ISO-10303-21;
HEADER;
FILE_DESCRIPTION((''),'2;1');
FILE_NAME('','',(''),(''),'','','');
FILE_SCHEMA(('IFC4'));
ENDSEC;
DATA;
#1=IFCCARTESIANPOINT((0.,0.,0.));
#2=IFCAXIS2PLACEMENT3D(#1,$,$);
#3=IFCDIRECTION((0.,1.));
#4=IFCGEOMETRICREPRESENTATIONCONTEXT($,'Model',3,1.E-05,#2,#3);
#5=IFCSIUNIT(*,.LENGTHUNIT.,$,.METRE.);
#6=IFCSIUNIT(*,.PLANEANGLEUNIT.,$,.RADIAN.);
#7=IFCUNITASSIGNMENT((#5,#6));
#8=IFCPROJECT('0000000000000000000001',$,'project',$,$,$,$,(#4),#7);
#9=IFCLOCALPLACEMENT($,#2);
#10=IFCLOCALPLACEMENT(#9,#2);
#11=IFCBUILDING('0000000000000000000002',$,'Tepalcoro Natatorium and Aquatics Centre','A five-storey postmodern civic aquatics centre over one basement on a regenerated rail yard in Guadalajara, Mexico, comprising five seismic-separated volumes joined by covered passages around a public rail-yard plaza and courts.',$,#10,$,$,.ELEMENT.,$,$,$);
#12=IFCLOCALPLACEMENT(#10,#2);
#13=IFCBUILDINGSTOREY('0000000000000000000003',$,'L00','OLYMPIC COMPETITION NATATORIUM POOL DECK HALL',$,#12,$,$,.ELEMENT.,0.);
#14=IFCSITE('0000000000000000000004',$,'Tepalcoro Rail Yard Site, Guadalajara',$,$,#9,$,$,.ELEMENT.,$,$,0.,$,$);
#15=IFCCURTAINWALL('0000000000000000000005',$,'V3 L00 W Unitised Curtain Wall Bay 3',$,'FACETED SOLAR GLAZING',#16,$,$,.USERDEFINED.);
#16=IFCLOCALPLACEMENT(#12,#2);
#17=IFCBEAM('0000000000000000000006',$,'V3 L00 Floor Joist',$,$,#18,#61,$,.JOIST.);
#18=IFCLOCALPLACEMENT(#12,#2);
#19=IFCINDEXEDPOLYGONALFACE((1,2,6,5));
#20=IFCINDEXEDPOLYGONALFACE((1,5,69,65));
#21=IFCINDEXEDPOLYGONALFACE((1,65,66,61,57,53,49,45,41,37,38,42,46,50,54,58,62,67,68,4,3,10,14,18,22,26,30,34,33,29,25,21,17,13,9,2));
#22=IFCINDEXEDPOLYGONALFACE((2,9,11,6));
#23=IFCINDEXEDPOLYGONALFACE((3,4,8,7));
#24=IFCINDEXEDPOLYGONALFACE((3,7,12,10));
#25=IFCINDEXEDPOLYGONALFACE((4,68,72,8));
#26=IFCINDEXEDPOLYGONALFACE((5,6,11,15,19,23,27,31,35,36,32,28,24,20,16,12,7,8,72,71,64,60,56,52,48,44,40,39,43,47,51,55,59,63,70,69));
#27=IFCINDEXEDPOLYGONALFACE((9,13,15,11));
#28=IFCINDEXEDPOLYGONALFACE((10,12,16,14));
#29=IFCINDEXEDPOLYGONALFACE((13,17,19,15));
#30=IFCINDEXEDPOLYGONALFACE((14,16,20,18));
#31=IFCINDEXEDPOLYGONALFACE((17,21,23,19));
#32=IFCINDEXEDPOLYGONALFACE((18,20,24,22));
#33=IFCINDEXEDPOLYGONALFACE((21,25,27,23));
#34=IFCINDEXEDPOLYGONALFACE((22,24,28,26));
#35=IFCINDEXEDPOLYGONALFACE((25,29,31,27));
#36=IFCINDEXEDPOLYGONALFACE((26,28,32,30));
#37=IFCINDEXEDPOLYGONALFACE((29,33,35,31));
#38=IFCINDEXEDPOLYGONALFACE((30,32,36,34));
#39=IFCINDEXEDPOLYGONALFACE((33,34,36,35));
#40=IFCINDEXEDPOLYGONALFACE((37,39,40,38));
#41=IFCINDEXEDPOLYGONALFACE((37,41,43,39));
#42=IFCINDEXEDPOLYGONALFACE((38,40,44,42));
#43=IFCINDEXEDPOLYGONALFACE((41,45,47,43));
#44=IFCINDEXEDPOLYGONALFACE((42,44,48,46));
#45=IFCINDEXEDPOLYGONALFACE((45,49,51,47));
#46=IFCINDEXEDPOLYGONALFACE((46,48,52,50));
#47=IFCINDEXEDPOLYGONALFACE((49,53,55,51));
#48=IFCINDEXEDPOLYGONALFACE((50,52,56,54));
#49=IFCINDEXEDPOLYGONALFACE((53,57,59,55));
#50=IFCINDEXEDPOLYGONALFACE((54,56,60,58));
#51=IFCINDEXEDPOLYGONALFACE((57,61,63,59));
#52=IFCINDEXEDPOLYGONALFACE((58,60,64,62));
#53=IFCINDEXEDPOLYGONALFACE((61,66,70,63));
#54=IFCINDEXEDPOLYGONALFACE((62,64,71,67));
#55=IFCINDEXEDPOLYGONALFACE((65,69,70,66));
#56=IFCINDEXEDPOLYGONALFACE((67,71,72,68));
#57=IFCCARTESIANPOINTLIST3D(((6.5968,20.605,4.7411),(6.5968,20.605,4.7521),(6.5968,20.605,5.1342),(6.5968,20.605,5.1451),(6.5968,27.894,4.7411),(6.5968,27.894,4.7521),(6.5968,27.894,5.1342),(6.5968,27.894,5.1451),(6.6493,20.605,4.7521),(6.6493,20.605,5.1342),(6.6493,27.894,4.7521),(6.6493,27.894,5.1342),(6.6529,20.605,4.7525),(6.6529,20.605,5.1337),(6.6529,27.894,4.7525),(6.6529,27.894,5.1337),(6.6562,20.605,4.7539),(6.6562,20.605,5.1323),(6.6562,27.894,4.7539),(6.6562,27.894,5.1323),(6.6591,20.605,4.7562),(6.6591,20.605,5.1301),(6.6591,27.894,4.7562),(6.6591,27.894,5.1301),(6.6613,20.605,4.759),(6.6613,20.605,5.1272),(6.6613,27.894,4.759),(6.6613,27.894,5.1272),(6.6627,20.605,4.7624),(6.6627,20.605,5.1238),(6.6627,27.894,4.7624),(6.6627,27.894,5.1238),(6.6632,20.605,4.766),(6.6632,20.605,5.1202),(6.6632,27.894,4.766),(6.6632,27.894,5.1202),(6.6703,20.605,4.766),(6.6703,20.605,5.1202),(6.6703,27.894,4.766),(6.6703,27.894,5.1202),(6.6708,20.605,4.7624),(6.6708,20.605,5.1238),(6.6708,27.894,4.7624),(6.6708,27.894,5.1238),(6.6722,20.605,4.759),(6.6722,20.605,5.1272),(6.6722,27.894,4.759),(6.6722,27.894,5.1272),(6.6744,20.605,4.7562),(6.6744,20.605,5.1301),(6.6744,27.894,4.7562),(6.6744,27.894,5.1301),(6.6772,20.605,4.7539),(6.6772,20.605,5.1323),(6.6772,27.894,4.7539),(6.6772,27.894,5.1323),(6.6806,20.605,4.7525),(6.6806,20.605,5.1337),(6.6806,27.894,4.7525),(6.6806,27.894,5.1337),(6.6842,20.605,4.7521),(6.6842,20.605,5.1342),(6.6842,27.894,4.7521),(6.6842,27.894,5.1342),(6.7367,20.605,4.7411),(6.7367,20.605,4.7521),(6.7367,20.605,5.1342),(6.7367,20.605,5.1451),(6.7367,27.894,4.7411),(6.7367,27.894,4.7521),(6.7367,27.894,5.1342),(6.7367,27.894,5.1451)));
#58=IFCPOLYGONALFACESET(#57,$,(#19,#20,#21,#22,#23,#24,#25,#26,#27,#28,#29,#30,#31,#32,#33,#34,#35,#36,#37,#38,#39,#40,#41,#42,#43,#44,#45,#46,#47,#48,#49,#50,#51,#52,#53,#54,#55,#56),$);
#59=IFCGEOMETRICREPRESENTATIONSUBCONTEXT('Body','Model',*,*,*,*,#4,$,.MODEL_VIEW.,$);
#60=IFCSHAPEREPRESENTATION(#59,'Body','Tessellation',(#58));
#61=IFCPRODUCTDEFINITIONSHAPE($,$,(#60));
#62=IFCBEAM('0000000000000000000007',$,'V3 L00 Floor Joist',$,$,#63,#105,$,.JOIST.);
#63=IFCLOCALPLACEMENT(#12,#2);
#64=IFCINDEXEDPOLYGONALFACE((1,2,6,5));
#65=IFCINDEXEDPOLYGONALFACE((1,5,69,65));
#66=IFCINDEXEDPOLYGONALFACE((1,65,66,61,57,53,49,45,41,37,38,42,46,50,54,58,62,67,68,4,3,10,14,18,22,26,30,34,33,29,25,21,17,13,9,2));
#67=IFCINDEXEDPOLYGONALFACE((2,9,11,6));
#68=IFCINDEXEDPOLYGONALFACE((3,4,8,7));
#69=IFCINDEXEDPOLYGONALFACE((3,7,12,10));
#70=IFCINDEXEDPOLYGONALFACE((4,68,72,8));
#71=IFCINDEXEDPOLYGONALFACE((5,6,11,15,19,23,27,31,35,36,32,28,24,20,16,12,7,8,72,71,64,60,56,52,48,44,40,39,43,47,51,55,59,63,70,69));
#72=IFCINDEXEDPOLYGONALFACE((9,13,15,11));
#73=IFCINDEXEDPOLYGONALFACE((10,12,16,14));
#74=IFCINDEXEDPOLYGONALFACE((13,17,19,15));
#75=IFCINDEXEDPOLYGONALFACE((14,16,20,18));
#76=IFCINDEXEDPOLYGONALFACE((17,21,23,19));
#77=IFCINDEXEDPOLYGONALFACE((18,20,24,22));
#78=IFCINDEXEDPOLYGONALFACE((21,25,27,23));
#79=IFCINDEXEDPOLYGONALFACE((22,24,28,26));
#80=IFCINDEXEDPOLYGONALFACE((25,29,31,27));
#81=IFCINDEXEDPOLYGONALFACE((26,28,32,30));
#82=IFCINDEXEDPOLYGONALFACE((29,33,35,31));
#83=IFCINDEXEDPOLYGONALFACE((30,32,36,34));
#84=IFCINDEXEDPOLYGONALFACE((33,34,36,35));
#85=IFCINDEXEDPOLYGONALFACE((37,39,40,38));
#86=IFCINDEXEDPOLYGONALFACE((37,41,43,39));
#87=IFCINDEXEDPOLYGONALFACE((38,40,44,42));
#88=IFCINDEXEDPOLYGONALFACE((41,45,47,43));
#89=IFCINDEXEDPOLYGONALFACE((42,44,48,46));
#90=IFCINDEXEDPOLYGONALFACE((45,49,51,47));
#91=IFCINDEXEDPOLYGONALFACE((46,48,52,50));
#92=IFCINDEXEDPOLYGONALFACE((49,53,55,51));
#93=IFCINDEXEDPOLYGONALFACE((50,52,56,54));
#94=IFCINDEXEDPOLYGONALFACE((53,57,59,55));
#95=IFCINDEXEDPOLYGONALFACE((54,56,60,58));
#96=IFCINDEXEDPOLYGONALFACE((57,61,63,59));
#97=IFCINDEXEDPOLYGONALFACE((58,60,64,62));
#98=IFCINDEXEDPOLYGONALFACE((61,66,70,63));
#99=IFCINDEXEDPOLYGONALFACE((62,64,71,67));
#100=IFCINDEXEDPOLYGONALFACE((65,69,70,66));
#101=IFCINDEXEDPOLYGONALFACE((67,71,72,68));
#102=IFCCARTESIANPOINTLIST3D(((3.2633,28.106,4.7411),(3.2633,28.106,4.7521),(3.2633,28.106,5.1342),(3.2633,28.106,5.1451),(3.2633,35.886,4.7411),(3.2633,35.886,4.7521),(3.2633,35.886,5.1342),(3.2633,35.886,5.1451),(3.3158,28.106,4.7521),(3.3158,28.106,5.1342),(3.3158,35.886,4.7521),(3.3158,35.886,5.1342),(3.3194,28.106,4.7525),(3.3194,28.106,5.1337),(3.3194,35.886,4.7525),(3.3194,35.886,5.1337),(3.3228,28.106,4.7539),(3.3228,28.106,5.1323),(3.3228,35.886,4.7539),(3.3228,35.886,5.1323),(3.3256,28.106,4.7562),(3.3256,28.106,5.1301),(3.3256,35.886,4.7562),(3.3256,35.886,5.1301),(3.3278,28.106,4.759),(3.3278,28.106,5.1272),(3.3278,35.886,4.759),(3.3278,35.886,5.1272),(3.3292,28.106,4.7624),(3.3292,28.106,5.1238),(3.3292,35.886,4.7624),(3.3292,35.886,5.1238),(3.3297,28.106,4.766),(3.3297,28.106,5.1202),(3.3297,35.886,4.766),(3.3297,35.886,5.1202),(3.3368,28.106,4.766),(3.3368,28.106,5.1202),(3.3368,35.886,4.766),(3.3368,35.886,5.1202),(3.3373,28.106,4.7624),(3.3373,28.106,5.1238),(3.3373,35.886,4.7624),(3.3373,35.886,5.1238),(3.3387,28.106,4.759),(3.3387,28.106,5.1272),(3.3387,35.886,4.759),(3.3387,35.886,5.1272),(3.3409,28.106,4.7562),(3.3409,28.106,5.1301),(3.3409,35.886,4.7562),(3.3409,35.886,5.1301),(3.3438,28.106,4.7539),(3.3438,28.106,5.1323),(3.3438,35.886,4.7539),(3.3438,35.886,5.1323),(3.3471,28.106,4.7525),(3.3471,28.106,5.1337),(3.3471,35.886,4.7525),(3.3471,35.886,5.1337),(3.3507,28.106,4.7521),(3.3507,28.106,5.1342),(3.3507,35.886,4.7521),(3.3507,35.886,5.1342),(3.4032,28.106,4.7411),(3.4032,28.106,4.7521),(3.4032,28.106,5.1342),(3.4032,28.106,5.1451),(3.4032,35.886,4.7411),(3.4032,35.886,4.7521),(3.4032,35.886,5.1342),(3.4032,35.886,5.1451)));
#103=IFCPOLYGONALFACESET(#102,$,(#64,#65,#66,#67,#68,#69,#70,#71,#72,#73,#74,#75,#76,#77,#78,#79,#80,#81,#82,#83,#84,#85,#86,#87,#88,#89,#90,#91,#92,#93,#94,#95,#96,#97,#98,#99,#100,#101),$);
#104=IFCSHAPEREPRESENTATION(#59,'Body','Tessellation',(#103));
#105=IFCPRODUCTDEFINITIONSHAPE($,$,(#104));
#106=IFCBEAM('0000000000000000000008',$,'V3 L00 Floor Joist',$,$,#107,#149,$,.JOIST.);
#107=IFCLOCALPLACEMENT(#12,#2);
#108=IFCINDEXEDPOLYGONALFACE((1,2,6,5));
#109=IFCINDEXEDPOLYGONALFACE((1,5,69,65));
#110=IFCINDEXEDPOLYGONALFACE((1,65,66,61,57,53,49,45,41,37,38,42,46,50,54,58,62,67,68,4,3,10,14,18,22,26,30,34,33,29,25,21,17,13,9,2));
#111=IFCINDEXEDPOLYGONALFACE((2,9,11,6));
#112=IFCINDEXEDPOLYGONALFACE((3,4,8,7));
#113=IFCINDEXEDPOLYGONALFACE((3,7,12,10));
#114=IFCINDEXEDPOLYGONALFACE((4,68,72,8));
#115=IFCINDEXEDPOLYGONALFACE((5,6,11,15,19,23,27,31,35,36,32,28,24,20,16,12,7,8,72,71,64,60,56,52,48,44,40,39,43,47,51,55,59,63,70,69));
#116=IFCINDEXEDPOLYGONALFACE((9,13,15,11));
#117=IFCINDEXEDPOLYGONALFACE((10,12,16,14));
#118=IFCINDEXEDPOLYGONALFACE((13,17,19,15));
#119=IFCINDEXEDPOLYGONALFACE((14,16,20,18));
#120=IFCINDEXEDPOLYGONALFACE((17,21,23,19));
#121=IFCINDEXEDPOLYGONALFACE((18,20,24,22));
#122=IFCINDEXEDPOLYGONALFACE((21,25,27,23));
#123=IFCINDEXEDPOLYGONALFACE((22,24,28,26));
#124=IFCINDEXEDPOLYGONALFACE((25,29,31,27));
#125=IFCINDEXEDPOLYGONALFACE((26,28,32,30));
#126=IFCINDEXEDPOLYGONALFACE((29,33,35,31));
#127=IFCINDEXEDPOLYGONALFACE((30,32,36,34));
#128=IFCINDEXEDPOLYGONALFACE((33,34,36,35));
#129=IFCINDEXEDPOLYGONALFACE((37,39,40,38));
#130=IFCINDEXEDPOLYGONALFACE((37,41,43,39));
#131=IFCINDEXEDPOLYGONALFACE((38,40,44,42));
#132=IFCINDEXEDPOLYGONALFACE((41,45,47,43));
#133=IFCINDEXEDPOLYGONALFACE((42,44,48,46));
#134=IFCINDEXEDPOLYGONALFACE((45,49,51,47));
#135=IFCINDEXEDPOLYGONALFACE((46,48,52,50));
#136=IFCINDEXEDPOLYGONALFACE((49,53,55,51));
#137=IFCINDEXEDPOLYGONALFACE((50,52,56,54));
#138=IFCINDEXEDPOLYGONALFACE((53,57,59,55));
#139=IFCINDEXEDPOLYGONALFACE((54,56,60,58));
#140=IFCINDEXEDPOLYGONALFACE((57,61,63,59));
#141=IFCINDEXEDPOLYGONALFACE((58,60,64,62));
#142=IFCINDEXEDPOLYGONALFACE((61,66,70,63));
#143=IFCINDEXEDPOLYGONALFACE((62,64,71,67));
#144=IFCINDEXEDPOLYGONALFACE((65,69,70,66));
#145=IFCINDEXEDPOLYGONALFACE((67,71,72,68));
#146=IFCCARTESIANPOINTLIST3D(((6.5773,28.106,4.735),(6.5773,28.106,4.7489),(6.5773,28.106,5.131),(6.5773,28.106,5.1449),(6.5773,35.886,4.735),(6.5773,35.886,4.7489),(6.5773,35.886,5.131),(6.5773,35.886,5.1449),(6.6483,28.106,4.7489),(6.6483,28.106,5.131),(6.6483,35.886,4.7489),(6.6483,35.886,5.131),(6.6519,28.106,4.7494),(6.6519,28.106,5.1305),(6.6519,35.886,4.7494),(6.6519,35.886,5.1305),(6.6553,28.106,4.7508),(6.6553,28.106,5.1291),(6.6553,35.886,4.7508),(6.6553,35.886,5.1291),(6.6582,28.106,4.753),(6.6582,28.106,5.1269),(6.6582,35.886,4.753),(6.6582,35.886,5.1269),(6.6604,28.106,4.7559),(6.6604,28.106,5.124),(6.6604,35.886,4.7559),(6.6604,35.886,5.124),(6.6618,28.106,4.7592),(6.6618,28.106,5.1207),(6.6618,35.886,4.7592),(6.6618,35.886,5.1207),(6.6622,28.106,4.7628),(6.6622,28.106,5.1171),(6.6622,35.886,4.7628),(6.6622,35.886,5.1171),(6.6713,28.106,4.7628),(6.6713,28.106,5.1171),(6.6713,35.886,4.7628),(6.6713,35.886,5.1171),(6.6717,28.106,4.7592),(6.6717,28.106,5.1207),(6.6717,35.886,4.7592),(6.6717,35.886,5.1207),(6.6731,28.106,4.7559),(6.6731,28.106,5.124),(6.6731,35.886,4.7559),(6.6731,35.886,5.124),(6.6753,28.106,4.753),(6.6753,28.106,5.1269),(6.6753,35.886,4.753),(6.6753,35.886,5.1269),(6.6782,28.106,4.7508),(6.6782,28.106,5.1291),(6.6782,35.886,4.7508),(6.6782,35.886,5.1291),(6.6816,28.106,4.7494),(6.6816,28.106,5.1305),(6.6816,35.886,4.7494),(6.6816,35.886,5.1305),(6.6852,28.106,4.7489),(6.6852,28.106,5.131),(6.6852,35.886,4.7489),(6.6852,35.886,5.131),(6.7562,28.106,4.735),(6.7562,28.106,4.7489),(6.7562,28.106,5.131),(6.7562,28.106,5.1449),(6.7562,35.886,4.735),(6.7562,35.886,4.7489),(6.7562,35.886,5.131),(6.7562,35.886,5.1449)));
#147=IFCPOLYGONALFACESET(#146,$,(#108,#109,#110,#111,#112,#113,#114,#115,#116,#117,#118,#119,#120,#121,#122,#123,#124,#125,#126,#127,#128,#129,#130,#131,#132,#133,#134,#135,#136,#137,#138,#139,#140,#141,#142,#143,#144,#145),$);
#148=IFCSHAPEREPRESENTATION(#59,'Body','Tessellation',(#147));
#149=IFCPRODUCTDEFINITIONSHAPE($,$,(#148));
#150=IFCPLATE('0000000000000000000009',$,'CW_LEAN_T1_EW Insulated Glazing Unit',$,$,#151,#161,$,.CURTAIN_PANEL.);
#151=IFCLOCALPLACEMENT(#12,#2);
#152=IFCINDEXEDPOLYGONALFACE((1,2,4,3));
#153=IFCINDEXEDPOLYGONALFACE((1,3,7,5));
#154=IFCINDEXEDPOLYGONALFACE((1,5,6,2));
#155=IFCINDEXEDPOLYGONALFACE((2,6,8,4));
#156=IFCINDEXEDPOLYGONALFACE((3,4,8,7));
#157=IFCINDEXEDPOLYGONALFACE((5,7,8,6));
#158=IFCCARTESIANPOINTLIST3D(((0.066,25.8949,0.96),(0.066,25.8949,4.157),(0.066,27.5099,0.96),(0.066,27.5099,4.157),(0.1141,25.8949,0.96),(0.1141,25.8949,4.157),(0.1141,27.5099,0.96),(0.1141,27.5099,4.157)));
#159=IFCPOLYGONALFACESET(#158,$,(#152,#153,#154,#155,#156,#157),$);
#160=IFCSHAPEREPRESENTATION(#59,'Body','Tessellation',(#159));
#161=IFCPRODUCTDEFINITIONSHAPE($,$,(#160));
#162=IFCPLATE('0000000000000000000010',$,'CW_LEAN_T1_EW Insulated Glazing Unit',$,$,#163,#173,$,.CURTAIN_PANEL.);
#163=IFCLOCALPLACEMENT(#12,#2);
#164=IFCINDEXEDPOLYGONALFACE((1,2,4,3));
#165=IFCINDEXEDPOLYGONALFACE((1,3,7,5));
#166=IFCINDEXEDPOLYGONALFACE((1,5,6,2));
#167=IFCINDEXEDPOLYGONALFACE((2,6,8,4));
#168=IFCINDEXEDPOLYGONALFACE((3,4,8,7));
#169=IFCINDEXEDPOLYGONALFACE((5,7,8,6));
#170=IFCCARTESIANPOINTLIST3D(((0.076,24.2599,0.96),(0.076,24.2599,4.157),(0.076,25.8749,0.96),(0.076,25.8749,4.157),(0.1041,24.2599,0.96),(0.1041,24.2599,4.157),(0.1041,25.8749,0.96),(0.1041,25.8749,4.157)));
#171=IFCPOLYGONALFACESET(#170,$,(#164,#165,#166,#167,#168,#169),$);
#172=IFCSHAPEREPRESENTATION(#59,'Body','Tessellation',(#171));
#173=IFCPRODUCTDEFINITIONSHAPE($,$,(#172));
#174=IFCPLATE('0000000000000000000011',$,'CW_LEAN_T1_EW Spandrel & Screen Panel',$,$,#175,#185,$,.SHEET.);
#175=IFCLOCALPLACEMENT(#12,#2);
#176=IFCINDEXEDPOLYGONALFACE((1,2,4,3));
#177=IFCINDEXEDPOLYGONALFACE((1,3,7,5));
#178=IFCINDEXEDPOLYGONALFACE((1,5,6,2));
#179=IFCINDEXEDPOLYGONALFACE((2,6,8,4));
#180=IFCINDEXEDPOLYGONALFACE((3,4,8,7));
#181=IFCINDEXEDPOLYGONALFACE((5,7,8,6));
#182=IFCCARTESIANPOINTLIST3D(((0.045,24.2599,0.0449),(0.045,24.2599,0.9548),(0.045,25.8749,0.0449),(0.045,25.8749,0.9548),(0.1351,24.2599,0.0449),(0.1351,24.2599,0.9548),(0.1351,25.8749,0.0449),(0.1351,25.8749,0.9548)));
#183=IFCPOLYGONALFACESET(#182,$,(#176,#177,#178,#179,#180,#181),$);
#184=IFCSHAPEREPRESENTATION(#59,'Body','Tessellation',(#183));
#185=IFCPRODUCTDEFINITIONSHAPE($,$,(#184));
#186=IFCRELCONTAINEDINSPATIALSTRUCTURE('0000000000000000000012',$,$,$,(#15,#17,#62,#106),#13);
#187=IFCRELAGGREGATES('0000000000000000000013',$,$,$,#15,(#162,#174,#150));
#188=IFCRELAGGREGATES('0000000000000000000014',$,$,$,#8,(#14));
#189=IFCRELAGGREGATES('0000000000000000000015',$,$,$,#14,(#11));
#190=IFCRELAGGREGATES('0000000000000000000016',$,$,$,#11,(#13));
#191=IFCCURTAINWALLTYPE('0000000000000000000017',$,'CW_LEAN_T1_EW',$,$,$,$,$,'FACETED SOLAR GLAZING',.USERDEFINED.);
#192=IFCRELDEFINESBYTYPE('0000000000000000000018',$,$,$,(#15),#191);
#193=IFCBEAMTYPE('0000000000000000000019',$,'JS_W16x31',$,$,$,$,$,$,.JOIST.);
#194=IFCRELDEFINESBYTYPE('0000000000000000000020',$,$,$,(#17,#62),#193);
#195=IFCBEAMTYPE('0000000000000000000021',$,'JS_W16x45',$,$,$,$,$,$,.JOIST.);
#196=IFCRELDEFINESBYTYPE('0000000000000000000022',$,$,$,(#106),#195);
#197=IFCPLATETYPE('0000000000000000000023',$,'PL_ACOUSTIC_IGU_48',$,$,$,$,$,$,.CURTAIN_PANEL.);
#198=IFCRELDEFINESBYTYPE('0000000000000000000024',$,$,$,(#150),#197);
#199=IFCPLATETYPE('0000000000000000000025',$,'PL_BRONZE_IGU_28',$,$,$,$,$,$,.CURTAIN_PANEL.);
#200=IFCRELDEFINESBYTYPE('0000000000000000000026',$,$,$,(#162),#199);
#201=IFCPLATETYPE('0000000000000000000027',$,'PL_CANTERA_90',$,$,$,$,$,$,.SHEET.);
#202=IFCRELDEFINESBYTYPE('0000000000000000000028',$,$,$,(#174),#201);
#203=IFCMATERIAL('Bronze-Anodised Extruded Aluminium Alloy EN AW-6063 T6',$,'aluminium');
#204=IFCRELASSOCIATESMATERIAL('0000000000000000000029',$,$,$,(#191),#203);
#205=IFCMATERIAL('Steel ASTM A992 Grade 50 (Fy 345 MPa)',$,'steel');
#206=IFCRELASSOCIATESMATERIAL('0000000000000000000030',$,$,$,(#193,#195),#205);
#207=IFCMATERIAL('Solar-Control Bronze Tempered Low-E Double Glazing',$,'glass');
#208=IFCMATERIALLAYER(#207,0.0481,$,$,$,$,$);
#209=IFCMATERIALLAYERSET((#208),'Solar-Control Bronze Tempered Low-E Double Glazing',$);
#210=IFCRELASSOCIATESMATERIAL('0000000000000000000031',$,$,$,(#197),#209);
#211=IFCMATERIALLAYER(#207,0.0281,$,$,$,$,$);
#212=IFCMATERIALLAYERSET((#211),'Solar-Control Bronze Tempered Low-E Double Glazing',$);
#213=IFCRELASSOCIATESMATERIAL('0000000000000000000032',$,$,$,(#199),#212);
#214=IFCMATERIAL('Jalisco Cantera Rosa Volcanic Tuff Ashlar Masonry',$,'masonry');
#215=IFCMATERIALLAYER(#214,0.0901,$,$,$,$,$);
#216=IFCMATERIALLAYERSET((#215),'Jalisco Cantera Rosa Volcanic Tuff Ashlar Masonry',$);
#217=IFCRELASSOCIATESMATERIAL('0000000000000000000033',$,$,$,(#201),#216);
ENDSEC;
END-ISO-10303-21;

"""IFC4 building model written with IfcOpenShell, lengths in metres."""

from ifc_helpers import new_model, si_unit, direction, frame, origin, origin_2d, place, context, subcontext, project, spatial, rectangle, i_section, extrude, material, layer, layer_set, material_profile, profile_set, type_object, element, aggregate, save


model = new_model("IFC4")

# Units and contexts
model_context = context("Model", 3, precision=1e-05, world=origin(), true_north=direction((0.0, 1.0)))
body_context = subcontext(model_context, "Body", "Model", "MODEL_VIEW")
ifc_project = project(units=[si_unit("LENGTHUNIT", "METRE"), si_unit("PLANEANGLEUNIT", "RADIAN")], contexts=[model_context])

# Site, building, storey
site_placement = place(None, origin())
site = spatial("IfcSite", under=ifc_project, at=site_placement, Name="Tepalcoro Rail Yard Site, Guadalajara", CompositionType="ELEMENT", RefElevation=0.0)
building_placement = place(site_placement, origin())
building = spatial("IfcBuilding", under=site, at=building_placement, Name="Tepalcoro Natatorium and Aquatics Centre", Description="A five-storey postmodern civic aquatics centre over one basement on a regenerated rail yard in Guadalajara, Mexico, comprising five seismic-separated volumes joined by covered passages around a public rail-yard plaza and courts.", CompositionType="ELEMENT")
storey_placement = place(building_placement, origin())
storey = spatial("IfcBuildingStorey", under=building, at=storey_placement, Name="L00", Description="OLYMPIC COMPETITION NATATORIUM POOL DECK HALL", CompositionType="ELEMENT", Elevation=0.0)

# Shared definitions
ifc_material_1 = material(Name="Steel ASTM A992 Grade 50 (Fy 345 MPa)", Category="steel")

# Curtain wall
ifc_material_2 = material(Name="Bronze-Anodised Extruded Aluminium Alloy EN AW-6063 T6", Category="aluminium")
curtain_wall_type = type_object("IfcCurtainWallType", Name="CW_LEAN_T1_EW", ElementType="FACETED SOLAR GLAZING", PredefinedType="USERDEFINED", material=ifc_material_2)
curtain_wall_placement = place(storey_placement, origin())
curtain_wall = element("IfcCurtainWall", 1, at=curtain_wall_placement, inside=storey, type_object=curtain_wall_type, Name="V3 L00 W Unitised Curtain Wall Bay 3", ObjectType="FACETED SOLAR GLAZING", PredefinedType="USERDEFINED")

# Beams
ifc_material_profile_1 = material_profile(ifc_material_1, i_section(OverallWidth=0.1399, OverallDepth=0.4041, WebThickness=0.0071, FlangeThickness=0.011, FilletRadius=0.0139, at=origin_2d()), Name="W16X31")
ifc_profile_set_1 = profile_set([ifc_material_profile_1], Name="Steel ASTM A992 Grade 50 (Fy 345 MPa)")
beam_type_1 = type_object("IfcBeamType", Name="JS_W16x31", PredefinedType="JOIST", material=ifc_profile_set_1)
beam_1_placement = place(storey_placement, frame((6.6667, 20.605, 4.9431), z_axis=(0.0, 1.0, 0.0), x_axis=(-1.0, 0.0, 0.0)))
element("IfcBeam", 2, at=beam_1_placement, inside=storey, type_object=beam_type_1, Name="V3 L00 Floor Joist", PredefinedType="JOIST", context=body_context, shape_type="SweptSolid", body=[
    extrude(i_section(OverallWidth=0.1399, OverallDepth=0.4041, WebThickness=0.0071, FlangeThickness=0.011, FilletRadius=0.0139, at=origin_2d()), origin(), (0.0, 0.0, 1.0), 7.2891),
])
beam_2_placement = place(storey_placement, frame((3.3333, 28.106, 4.9431), z_axis=(0.0, 1.0, 0.0), x_axis=(-1.0, 0.0, 0.0)))
element("IfcBeam", 3, at=beam_2_placement, inside=storey, type_object=beam_type_1, Name="V3 L00 Floor Joist", PredefinedType="JOIST", context=body_context, shape_type="SweptSolid", body=[
    extrude(i_section(OverallWidth=0.1399, OverallDepth=0.4041, WebThickness=0.0071, FlangeThickness=0.011, FilletRadius=0.0139, at=origin_2d()), origin(), (0.0, 0.0, 1.0), 7.78),
])
ifc_material_profile_2 = material_profile(ifc_material_1, i_section(OverallWidth=0.179, OverallDepth=0.4099, WebThickness=0.009, FlangeThickness=0.0139, FilletRadius=0.0139, at=origin_2d()), Name="W16X45")
ifc_profile_set_2 = profile_set([ifc_material_profile_2], Name="Steel ASTM A992 Grade 50 (Fy 345 MPa)")
beam_type_2 = type_object("IfcBeamType", Name="JS_W16x45", PredefinedType="JOIST", material=ifc_profile_set_2)
beam_3_placement = place(storey_placement, frame((6.6667, 28.106, 4.9399), z_axis=(0.0, 1.0, 0.0), x_axis=(-1.0, 0.0, 0.0)))
element("IfcBeam", 4, at=beam_3_placement, inside=storey, type_object=beam_type_2, Name="V3 L00 Floor Joist", PredefinedType="JOIST", context=body_context, shape_type="SweptSolid", body=[
    extrude(i_section(OverallWidth=0.179, OverallDepth=0.4099, WebThickness=0.009, FlangeThickness=0.0139, FilletRadius=0.0139, at=origin_2d()), origin(), (0.0, 0.0, 1.0), 7.78),
])

# Plates
ifc_material_3 = material(Name="Solar-Control Bronze Tempered Low-E Double Glazing", Category="glass")
ifc_layer_1 = layer(ifc_material_3, 0.0481)
ifc_layer_set_1 = layer_set([ifc_layer_1], Name="Solar-Control Bronze Tempered Low-E Double Glazing")
plate_type_1 = type_object("IfcPlateType", Name="PL_ACOUSTIC_IGU_48", PredefinedType="CURTAIN_PANEL", material=ifc_layer_set_1)
plate_1_placement = place(storey_placement, frame((0.0901, 26.7024, 0.96), z_axis=(0.0, 0.0, 1.0), x_axis=(1.0, 0.0, 0.0)))
plate_1 = element("IfcPlate", 5, at=plate_1_placement, type_object=plate_type_1, Name="CW_LEAN_T1_EW Insulated Glazing Unit", PredefinedType="CURTAIN_PANEL", context=body_context, shape_type="SweptSolid", body=[
    extrude(rectangle(XDim=0.0481, YDim=1.615, at=origin_2d()), origin(), (0.0, 0.0, 1.0), 3.197),
])
ifc_layer_2 = layer(ifc_material_3, 0.0281)
ifc_layer_set_2 = layer_set([ifc_layer_2], Name="Solar-Control Bronze Tempered Low-E Double Glazing")
plate_type_2 = type_object("IfcPlateType", Name="PL_BRONZE_IGU_28", PredefinedType="CURTAIN_PANEL", material=ifc_layer_set_2)
plate_2_placement = place(storey_placement, frame((0.0901, 25.0674, 0.96), z_axis=(0.0, 0.0, 1.0), x_axis=(1.0, 0.0, 0.0)))
plate_2 = element("IfcPlate", 6, at=plate_2_placement, type_object=plate_type_2, Name="CW_LEAN_T1_EW Insulated Glazing Unit", PredefinedType="CURTAIN_PANEL", context=body_context, shape_type="SweptSolid", body=[
    extrude(rectangle(XDim=0.0281, YDim=1.615, at=origin_2d()), origin(), (0.0, 0.0, 1.0), 3.197),
])
ifc_material_4 = material(Name="Jalisco Cantera Rosa Volcanic Tuff Ashlar Masonry", Category="masonry")
ifc_layer_3 = layer(ifc_material_4, 0.0901)
ifc_layer_set_3 = layer_set([ifc_layer_3], Name="Jalisco Cantera Rosa Volcanic Tuff Ashlar Masonry")
plate_type_3 = type_object("IfcPlateType", Name="PL_CANTERA_90", PredefinedType="SHEET", material=ifc_layer_set_3)
plate_3_placement = place(storey_placement, frame((0.0901, 25.0674, 0.0449), z_axis=(0.0, 0.0, 1.0), x_axis=(1.0, 0.0, 0.0)))
plate_3 = element("IfcPlate", 7, at=plate_3_placement, type_object=plate_type_3, Name="CW_LEAN_T1_EW Spandrel & Screen Panel", PredefinedType="SHEET", context=body_context, shape_type="SweptSolid", body=[
    extrude(rectangle(XDim=0.0901, YDim=1.615, at=origin_2d()), origin(), (0.0, 0.0, 1.0), 0.9099),
])
aggregate(curtain_wall, [plate_2, plate_3, plate_1])

save(model, "model.ifc")
